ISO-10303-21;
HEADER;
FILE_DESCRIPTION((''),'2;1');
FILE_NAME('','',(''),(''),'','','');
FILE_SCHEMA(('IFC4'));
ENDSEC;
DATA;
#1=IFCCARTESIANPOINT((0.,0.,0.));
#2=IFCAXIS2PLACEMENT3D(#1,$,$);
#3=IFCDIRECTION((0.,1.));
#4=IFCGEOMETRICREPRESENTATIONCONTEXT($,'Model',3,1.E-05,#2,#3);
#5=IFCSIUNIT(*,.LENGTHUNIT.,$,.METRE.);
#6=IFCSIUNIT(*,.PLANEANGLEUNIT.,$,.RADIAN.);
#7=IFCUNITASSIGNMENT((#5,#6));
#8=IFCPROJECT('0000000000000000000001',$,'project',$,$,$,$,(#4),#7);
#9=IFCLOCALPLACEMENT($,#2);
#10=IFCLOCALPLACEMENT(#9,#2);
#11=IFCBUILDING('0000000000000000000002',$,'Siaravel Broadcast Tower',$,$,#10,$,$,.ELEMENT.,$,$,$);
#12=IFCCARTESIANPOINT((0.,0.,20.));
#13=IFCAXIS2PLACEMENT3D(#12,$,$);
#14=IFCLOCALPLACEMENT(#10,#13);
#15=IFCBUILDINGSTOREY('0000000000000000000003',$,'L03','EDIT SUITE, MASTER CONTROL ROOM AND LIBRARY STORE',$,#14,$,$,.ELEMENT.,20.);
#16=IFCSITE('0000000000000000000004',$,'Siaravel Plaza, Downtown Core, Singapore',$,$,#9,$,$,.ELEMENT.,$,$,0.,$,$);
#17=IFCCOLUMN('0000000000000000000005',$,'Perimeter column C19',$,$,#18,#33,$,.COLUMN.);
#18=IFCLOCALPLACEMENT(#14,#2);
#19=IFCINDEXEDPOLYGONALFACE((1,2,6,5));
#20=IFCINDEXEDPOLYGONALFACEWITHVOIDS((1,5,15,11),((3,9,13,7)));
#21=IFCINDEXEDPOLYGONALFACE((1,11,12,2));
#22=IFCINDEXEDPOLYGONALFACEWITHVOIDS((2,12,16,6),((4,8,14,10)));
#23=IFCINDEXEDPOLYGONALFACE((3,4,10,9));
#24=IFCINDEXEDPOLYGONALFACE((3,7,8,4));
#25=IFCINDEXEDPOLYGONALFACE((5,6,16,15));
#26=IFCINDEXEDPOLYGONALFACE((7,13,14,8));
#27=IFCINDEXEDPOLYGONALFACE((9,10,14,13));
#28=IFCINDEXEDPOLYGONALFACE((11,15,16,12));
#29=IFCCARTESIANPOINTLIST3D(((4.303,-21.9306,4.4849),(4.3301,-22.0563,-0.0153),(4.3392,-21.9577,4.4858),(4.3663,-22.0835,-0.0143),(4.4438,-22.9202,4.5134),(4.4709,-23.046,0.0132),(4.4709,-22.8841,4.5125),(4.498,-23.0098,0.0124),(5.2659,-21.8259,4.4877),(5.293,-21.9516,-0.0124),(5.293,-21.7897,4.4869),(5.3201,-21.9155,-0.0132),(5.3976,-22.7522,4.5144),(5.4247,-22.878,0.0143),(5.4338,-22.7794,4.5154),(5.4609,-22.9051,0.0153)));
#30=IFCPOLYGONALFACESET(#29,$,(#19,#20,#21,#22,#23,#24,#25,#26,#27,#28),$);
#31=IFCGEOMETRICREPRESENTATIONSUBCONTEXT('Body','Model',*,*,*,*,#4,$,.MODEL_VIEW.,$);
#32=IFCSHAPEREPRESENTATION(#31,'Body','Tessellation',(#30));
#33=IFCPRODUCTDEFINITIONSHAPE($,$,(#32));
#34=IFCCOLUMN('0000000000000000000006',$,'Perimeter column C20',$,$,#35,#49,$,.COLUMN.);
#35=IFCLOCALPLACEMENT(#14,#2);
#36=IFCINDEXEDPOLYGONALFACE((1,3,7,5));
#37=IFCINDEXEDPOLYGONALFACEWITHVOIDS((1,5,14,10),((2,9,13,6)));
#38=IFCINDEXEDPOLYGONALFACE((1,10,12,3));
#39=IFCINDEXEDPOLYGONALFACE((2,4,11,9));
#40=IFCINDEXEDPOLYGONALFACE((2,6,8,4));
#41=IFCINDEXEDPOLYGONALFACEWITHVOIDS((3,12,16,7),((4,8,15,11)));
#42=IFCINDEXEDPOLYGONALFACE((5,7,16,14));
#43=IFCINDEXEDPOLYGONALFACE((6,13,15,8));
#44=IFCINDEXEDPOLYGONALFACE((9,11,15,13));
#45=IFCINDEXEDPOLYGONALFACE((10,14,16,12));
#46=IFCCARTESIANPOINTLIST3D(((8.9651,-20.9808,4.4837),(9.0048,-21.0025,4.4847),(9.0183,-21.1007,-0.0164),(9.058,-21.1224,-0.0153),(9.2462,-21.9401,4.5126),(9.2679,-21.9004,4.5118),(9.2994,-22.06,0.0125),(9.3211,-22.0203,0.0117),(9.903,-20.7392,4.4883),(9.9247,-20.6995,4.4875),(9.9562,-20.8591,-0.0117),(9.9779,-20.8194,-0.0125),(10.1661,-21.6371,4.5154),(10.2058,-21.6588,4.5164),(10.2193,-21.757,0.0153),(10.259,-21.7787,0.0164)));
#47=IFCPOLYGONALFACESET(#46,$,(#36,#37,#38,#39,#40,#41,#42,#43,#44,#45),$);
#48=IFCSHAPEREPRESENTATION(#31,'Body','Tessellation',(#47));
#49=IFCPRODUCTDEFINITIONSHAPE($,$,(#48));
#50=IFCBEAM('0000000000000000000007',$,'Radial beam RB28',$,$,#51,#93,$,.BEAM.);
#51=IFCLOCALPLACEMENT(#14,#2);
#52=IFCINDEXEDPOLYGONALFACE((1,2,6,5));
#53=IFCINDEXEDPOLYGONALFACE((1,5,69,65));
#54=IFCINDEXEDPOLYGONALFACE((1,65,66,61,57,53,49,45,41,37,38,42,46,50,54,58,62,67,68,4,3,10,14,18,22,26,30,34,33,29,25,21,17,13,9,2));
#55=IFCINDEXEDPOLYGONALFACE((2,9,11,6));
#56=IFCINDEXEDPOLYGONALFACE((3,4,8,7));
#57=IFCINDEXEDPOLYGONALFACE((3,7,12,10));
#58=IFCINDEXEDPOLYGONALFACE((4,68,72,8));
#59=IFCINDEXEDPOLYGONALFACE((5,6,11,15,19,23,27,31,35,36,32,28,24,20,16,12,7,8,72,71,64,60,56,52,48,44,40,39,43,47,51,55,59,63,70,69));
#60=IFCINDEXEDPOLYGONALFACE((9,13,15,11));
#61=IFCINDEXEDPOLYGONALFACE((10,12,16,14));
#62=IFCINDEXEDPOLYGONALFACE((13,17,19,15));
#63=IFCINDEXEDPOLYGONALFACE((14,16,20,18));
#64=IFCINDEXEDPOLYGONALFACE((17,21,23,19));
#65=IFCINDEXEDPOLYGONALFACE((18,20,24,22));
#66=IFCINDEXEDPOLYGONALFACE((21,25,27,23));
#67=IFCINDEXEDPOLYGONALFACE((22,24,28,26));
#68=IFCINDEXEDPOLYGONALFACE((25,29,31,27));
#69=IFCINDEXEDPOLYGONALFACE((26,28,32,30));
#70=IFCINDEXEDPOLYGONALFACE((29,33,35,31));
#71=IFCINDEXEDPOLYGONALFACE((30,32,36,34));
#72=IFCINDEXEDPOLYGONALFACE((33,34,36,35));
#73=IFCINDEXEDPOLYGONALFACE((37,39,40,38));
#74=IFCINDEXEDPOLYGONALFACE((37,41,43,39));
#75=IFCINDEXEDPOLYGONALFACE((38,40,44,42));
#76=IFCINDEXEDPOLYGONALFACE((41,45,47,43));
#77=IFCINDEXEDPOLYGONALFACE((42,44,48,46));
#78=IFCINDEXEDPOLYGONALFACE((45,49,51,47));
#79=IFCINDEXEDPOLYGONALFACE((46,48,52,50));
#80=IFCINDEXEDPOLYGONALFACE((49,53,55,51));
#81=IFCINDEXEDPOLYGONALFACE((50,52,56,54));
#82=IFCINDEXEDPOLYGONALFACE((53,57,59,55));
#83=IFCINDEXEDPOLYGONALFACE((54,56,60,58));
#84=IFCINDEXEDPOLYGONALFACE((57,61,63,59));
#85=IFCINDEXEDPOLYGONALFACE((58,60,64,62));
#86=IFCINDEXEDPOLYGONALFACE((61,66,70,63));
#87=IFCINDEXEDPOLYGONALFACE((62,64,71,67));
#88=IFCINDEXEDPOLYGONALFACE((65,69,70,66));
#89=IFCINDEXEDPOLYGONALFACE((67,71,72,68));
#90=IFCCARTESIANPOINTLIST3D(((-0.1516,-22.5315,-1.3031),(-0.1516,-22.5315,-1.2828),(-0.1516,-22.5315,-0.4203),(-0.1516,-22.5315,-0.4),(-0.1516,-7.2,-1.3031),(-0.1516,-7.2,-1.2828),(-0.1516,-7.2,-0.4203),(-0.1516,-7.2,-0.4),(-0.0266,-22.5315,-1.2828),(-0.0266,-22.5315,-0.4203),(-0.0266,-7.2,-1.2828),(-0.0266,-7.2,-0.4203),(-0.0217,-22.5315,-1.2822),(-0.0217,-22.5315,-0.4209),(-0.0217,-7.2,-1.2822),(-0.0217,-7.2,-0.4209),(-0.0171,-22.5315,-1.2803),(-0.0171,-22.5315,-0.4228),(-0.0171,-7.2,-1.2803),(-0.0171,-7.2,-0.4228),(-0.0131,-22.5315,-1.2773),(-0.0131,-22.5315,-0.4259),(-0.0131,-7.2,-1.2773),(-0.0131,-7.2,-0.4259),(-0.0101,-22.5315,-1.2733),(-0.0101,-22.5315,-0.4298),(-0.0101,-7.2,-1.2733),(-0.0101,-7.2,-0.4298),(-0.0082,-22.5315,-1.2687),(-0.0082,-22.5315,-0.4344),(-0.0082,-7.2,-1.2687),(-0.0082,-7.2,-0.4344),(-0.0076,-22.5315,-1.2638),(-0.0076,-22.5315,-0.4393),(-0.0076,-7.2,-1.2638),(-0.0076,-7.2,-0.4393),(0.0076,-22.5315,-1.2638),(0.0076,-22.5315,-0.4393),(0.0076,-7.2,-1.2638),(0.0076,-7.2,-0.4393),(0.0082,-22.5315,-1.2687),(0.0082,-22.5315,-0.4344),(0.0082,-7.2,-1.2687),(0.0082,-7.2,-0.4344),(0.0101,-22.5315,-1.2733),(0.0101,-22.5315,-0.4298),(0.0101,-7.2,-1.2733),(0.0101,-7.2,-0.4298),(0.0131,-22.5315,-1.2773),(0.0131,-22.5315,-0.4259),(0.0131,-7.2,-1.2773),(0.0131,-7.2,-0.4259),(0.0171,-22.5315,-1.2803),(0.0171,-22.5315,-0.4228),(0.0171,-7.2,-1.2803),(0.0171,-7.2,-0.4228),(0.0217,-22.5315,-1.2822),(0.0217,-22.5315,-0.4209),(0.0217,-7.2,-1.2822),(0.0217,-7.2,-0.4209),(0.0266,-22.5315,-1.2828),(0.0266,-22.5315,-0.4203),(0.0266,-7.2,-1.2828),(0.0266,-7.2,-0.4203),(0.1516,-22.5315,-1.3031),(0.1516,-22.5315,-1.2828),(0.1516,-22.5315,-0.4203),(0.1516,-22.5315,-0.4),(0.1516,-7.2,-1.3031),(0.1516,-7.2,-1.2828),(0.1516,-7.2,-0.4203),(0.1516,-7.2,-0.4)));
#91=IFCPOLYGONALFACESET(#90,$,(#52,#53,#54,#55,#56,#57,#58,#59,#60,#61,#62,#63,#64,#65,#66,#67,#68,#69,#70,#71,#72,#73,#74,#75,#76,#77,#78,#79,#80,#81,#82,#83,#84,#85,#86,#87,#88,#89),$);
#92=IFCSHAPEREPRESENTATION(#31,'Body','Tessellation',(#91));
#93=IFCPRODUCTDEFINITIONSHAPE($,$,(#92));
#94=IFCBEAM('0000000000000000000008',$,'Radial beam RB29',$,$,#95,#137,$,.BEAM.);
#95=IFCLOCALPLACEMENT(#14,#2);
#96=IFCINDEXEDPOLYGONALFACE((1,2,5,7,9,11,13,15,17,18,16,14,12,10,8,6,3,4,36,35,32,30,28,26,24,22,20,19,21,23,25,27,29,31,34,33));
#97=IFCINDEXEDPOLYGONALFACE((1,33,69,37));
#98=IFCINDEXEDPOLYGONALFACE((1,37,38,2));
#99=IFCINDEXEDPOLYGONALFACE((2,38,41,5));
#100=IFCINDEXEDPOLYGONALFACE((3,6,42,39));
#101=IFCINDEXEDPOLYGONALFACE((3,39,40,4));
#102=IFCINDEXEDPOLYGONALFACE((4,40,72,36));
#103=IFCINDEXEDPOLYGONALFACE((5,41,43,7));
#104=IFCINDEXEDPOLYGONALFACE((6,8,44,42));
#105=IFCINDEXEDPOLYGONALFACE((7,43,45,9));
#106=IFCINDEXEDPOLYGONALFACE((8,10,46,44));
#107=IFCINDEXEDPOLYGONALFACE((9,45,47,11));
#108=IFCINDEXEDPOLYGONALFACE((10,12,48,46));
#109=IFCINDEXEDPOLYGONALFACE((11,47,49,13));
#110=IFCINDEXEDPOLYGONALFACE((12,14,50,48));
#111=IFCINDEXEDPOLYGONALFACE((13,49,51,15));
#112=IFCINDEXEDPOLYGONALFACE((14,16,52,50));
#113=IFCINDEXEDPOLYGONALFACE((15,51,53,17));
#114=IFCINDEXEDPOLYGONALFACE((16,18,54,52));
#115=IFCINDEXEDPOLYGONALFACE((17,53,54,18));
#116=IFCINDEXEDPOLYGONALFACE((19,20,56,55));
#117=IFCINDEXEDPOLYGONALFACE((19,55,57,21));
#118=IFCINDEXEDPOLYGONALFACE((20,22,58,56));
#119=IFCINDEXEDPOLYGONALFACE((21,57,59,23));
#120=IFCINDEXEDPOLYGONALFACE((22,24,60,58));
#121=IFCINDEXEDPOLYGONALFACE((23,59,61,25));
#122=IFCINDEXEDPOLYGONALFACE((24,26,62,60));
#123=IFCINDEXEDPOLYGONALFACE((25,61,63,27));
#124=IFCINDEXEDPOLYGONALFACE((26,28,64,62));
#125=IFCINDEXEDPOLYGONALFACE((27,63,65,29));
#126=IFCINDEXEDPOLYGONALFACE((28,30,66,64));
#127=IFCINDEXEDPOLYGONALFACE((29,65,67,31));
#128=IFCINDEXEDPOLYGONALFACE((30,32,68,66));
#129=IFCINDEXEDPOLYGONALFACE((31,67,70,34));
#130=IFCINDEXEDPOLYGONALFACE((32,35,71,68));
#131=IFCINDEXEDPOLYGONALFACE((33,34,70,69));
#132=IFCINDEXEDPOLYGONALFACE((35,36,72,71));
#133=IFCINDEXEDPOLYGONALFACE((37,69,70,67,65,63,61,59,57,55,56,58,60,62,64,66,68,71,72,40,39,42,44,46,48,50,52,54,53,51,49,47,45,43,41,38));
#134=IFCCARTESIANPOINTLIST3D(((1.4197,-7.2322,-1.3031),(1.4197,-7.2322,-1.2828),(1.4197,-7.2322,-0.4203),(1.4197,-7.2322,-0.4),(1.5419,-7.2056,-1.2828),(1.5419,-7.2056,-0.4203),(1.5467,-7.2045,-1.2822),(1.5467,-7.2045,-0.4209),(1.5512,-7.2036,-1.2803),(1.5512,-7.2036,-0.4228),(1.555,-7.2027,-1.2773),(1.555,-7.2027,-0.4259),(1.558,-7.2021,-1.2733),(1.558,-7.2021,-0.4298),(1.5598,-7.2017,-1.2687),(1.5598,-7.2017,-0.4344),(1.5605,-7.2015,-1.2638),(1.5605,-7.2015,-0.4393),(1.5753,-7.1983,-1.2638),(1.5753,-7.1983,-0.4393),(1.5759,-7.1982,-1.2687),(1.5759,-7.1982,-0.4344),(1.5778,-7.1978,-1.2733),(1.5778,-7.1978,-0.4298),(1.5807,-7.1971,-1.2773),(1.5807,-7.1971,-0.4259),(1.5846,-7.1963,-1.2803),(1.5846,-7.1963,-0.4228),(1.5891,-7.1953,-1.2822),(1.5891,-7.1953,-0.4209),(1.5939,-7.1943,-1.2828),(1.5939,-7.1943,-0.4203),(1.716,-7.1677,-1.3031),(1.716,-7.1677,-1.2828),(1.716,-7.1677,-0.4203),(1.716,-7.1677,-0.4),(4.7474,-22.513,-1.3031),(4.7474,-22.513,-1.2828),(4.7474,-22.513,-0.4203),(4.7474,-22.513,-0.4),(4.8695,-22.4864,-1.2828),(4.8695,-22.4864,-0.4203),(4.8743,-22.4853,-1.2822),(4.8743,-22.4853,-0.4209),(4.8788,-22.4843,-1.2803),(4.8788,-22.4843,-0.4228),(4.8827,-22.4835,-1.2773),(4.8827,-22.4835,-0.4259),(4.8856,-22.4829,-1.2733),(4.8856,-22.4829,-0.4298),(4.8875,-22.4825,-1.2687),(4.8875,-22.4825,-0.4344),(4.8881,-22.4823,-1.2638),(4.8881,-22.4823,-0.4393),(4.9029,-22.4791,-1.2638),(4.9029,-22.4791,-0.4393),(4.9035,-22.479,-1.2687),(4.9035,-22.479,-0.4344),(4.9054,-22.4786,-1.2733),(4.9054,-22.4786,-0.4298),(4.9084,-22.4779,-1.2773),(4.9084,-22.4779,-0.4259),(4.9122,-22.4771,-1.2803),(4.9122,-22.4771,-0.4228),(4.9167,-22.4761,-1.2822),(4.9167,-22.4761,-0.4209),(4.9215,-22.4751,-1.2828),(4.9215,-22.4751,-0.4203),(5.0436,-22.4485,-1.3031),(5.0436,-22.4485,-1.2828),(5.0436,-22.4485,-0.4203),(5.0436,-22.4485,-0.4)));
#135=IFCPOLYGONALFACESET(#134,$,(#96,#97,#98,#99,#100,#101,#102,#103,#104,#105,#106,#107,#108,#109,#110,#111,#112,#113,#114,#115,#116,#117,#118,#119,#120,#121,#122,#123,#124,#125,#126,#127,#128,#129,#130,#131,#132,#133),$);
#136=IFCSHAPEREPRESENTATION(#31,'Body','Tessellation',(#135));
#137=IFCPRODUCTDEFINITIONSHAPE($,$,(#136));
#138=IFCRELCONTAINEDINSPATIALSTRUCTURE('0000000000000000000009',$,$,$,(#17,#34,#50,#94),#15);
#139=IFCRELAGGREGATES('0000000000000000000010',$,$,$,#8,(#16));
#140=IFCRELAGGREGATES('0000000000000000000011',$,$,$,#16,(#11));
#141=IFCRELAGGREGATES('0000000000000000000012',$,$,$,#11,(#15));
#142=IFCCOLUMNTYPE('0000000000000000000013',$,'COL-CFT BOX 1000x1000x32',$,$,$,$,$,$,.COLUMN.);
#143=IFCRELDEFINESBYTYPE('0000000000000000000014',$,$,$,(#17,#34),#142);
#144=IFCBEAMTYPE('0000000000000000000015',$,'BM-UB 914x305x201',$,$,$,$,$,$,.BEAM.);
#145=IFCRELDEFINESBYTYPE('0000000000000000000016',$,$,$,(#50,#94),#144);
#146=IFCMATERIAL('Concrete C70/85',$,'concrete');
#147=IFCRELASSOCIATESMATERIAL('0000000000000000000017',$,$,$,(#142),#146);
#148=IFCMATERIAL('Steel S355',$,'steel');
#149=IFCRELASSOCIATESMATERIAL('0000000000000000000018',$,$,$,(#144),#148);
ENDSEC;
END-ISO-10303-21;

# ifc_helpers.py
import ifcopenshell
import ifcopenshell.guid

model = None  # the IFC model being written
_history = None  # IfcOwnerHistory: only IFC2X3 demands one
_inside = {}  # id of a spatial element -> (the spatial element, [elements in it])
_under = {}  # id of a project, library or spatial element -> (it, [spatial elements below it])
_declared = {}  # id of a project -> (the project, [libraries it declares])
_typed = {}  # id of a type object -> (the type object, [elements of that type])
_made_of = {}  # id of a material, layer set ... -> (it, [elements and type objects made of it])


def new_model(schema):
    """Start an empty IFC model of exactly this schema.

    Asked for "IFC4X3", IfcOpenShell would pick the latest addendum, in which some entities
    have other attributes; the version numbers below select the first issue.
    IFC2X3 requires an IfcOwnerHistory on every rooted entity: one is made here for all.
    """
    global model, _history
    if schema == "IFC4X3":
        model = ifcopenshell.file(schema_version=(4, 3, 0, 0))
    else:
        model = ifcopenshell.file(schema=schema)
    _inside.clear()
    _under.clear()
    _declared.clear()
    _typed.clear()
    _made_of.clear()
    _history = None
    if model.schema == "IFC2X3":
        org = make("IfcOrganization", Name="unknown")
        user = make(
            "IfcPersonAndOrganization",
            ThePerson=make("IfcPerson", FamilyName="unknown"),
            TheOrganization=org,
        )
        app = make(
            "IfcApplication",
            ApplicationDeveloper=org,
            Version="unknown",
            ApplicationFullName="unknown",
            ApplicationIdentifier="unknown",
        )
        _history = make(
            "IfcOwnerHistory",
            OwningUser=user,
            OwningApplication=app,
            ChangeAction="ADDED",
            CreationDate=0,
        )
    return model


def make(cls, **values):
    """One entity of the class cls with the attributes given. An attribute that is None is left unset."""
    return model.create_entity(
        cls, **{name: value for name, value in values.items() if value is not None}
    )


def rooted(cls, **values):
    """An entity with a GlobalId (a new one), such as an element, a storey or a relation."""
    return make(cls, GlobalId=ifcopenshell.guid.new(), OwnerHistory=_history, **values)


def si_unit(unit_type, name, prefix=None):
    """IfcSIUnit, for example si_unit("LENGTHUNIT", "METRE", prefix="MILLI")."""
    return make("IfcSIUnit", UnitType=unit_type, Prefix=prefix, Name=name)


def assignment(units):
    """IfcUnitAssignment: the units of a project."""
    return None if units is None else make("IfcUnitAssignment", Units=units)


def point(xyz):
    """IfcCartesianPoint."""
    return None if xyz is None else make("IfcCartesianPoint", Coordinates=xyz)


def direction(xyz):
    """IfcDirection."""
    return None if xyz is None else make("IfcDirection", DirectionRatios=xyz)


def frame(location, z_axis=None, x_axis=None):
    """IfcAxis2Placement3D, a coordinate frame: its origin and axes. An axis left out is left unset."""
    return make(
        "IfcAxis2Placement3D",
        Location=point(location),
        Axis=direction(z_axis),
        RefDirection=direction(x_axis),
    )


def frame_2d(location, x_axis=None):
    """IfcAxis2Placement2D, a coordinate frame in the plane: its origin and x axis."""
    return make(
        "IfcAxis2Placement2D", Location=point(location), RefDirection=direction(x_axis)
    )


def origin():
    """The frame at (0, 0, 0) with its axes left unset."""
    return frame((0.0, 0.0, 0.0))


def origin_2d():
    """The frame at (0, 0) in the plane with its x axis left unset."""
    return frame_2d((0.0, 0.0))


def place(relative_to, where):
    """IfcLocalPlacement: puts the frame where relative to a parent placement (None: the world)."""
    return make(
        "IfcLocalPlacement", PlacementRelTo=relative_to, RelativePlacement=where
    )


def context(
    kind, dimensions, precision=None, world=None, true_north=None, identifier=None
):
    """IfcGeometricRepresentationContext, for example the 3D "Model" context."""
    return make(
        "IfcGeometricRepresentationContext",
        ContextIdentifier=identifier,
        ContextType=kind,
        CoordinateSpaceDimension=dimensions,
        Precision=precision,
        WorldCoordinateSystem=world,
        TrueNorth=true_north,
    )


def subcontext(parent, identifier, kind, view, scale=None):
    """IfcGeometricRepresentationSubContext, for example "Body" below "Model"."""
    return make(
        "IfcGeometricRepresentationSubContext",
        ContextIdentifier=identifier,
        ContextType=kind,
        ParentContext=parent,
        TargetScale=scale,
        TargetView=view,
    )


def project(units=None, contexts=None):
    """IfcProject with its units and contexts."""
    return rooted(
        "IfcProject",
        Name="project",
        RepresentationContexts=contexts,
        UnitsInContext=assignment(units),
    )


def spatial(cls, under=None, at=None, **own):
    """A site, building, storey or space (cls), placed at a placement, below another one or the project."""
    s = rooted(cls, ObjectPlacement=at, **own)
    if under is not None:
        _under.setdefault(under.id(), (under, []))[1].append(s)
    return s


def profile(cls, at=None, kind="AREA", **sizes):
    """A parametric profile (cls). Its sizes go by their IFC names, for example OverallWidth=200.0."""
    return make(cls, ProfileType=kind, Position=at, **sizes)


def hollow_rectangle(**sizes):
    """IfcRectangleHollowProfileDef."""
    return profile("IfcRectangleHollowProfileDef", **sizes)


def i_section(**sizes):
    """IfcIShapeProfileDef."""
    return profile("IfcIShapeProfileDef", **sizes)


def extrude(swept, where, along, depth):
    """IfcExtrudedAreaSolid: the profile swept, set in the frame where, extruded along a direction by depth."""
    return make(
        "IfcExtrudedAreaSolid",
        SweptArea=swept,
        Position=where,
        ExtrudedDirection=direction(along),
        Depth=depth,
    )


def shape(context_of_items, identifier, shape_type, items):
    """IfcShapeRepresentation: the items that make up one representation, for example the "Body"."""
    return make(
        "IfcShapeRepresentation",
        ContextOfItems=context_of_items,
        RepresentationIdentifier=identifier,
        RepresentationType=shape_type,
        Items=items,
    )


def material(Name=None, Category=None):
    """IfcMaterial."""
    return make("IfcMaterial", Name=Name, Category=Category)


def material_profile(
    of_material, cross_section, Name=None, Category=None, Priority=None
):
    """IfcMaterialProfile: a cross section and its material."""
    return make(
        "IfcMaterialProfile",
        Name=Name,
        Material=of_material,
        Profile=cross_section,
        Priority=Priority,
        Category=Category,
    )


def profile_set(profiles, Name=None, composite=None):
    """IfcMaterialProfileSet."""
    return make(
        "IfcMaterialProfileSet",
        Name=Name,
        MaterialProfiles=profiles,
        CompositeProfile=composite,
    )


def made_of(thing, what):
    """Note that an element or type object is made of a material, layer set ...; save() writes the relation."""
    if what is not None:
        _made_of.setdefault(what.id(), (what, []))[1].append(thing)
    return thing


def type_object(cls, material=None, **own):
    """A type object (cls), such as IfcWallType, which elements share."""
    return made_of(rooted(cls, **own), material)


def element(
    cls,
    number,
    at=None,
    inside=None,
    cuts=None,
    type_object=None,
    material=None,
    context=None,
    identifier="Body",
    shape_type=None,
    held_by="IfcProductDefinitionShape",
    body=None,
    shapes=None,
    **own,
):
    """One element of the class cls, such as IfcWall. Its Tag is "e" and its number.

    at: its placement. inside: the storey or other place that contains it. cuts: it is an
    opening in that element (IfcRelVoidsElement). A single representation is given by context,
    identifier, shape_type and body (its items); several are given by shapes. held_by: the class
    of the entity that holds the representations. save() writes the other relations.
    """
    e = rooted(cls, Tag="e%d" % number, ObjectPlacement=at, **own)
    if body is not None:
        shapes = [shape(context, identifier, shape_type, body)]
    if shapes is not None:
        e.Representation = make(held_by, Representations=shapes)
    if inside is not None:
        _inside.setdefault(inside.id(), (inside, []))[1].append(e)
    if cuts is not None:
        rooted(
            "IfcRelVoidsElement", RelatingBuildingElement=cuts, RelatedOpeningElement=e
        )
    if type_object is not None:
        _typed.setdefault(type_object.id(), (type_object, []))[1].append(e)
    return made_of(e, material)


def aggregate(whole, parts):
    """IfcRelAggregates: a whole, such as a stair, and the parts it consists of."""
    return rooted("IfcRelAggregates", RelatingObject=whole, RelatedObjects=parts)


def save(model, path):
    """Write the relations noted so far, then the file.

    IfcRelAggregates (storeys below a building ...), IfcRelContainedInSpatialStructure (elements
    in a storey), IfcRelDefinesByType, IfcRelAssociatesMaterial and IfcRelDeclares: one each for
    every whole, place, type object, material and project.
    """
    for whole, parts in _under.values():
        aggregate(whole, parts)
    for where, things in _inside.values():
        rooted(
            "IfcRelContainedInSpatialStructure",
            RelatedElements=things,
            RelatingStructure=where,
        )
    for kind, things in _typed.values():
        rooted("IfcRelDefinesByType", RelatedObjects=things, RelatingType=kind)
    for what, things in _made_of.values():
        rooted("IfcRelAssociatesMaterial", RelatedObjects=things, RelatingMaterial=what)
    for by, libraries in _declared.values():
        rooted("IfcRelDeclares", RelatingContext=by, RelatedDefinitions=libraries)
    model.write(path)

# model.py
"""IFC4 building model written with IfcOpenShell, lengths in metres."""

from ifc_helpers import new_model, si_unit, direction, frame, origin, origin_2d, place, context, subcontext, project, spatial, hollow_rectangle, i_section, extrude, material, material_profile, profile_set, type_object, element, save


model = new_model("IFC4")

# Units and contexts
model_context = context("Model", 3, precision=1e-05, world=origin(), true_north=direction((0.0, 1.0)))
body_context = subcontext(model_context, "Body", "Model", "MODEL_VIEW")
ifc_project = project(units=[si_unit("LENGTHUNIT", "METRE"), si_unit("PLANEANGLEUNIT", "RADIAN")], contexts=[model_context])

# Site, building, storey
site_placement = place(None, origin())
site = spatial("IfcSite", under=ifc_project, at=site_placement, Name="Siaravel Plaza, Downtown Core, Singapore", CompositionType="ELEMENT", RefElevation=0.0)
building_placement = place(site_placement, origin())
building = spatial("IfcBuilding", under=site, at=building_placement, Name="Siaravel Broadcast Tower", CompositionType="ELEMENT")
storey_placement = place(building_placement, frame((0.0, 0.0, 20.0)))
storey = spatial("IfcBuildingStorey", under=building, at=storey_placement, Name="L03", Description="EDIT SUITE, MASTER CONTROL ROOM AND LIBRARY STORE", CompositionType="ELEMENT", Elevation=20.0)

# Columns
ifc_material_1 = material(Name="Concrete C70/85", Category="concrete")
ifc_material_profile_1 = material_profile(ifc_material_1, hollow_rectangle(XDim=1.0, YDim=1.0, WallThickness=0.032, at=origin_2d()))
ifc_profile_set_1 = profile_set([ifc_material_profile_1], Name="Concrete C70/85")
column_type = type_object("IfcColumnType", Name="COL-CFT BOX 1000x1000x32", PredefinedType="COLUMN", material=ifc_profile_set_1)
for number, where, z_axis, x_axis, name in (
    (1, (4.8955, -22.4807, 0.0), (-0.00602, 0.027929, 0.999592), (-0.990027, -0.140862, -0.002026), "Perimeter column C19"),
    (2, (9.6387, -21.4397, 0.0), (-0.011822, 0.026627, 0.999576), (-0.959612, -0.281301, -0.003856), "Perimeter column C20"),
):
    element("IfcColumn", number, at=place(storey_placement, frame(where, z_axis=z_axis, x_axis=x_axis)), inside=storey, type_object=column_type, Name=name, PredefinedType="COLUMN", context=body_context, shape_type="SweptSolid", body=[
        extrude(hollow_rectangle(XDim=1.0, YDim=1.0, WallThickness=0.032, at=origin_2d()), origin(), (0.0, 0.0, 1.0), 4.502),
    ])

# Beams
ifc_material_2 = material(Name="Steel S355", Category="steel")
ifc_material_profile_2 = material_profile(ifc_material_2, i_section(OverallWidth=0.3032, OverallDepth=0.9031, WebThickness=0.0151, FlangeThickness=0.0203, FilletRadius=0.019, at=origin_2d()))
ifc_profile_set_2 = profile_set([ifc_material_profile_2], Name="Steel S355")
beam_type = type_object("IfcBeamType", Name="BM-UB 914x305x201", PredefinedType="BEAM", material=ifc_profile_set_2)
beam_1_placement = place(storey_placement, frame((0.0, -22.5315, -0.8516), z_axis=(0.0, 1.0, 0.0), x_axis=(-1.0, 0.0, 0.0)))
element("IfcBeam", 3, at=beam_1_placement, inside=storey, type_object=beam_type, Name="Radial beam RB28", PredefinedType="BEAM", context=body_context, shape_type="SweptSolid", body=[
    extrude(i_section(OverallWidth=0.3032, OverallDepth=0.9031, WebThickness=0.0151, FlangeThickness=0.0203, FilletRadius=0.019, at=origin_2d()), origin(), (0.0, 0.0, 1.0), 15.3315),
])
beam_2_placement = place(storey_placement, frame((4.8955, -22.4807, -0.8516), z_axis=(-0.21278, 0.9771, 0.0), x_axis=(-0.9771, -0.21278, 0.0)))
element("IfcBeam", 4, at=beam_2_placement, inside=storey, type_object=beam_type, Name="Radial beam RB29", PredefinedType="BEAM", context=body_context, shape_type="SweptSolid", body=[
    extrude(i_section(OverallWidth=0.3032, OverallDepth=0.9031, WebThickness=0.0151, FlangeThickness=0.0203, FilletRadius=0.019, at=origin_2d()), origin(), (0.0, 0.0, 1.0), 15.6389),
])

save(model, "model.ifc")
